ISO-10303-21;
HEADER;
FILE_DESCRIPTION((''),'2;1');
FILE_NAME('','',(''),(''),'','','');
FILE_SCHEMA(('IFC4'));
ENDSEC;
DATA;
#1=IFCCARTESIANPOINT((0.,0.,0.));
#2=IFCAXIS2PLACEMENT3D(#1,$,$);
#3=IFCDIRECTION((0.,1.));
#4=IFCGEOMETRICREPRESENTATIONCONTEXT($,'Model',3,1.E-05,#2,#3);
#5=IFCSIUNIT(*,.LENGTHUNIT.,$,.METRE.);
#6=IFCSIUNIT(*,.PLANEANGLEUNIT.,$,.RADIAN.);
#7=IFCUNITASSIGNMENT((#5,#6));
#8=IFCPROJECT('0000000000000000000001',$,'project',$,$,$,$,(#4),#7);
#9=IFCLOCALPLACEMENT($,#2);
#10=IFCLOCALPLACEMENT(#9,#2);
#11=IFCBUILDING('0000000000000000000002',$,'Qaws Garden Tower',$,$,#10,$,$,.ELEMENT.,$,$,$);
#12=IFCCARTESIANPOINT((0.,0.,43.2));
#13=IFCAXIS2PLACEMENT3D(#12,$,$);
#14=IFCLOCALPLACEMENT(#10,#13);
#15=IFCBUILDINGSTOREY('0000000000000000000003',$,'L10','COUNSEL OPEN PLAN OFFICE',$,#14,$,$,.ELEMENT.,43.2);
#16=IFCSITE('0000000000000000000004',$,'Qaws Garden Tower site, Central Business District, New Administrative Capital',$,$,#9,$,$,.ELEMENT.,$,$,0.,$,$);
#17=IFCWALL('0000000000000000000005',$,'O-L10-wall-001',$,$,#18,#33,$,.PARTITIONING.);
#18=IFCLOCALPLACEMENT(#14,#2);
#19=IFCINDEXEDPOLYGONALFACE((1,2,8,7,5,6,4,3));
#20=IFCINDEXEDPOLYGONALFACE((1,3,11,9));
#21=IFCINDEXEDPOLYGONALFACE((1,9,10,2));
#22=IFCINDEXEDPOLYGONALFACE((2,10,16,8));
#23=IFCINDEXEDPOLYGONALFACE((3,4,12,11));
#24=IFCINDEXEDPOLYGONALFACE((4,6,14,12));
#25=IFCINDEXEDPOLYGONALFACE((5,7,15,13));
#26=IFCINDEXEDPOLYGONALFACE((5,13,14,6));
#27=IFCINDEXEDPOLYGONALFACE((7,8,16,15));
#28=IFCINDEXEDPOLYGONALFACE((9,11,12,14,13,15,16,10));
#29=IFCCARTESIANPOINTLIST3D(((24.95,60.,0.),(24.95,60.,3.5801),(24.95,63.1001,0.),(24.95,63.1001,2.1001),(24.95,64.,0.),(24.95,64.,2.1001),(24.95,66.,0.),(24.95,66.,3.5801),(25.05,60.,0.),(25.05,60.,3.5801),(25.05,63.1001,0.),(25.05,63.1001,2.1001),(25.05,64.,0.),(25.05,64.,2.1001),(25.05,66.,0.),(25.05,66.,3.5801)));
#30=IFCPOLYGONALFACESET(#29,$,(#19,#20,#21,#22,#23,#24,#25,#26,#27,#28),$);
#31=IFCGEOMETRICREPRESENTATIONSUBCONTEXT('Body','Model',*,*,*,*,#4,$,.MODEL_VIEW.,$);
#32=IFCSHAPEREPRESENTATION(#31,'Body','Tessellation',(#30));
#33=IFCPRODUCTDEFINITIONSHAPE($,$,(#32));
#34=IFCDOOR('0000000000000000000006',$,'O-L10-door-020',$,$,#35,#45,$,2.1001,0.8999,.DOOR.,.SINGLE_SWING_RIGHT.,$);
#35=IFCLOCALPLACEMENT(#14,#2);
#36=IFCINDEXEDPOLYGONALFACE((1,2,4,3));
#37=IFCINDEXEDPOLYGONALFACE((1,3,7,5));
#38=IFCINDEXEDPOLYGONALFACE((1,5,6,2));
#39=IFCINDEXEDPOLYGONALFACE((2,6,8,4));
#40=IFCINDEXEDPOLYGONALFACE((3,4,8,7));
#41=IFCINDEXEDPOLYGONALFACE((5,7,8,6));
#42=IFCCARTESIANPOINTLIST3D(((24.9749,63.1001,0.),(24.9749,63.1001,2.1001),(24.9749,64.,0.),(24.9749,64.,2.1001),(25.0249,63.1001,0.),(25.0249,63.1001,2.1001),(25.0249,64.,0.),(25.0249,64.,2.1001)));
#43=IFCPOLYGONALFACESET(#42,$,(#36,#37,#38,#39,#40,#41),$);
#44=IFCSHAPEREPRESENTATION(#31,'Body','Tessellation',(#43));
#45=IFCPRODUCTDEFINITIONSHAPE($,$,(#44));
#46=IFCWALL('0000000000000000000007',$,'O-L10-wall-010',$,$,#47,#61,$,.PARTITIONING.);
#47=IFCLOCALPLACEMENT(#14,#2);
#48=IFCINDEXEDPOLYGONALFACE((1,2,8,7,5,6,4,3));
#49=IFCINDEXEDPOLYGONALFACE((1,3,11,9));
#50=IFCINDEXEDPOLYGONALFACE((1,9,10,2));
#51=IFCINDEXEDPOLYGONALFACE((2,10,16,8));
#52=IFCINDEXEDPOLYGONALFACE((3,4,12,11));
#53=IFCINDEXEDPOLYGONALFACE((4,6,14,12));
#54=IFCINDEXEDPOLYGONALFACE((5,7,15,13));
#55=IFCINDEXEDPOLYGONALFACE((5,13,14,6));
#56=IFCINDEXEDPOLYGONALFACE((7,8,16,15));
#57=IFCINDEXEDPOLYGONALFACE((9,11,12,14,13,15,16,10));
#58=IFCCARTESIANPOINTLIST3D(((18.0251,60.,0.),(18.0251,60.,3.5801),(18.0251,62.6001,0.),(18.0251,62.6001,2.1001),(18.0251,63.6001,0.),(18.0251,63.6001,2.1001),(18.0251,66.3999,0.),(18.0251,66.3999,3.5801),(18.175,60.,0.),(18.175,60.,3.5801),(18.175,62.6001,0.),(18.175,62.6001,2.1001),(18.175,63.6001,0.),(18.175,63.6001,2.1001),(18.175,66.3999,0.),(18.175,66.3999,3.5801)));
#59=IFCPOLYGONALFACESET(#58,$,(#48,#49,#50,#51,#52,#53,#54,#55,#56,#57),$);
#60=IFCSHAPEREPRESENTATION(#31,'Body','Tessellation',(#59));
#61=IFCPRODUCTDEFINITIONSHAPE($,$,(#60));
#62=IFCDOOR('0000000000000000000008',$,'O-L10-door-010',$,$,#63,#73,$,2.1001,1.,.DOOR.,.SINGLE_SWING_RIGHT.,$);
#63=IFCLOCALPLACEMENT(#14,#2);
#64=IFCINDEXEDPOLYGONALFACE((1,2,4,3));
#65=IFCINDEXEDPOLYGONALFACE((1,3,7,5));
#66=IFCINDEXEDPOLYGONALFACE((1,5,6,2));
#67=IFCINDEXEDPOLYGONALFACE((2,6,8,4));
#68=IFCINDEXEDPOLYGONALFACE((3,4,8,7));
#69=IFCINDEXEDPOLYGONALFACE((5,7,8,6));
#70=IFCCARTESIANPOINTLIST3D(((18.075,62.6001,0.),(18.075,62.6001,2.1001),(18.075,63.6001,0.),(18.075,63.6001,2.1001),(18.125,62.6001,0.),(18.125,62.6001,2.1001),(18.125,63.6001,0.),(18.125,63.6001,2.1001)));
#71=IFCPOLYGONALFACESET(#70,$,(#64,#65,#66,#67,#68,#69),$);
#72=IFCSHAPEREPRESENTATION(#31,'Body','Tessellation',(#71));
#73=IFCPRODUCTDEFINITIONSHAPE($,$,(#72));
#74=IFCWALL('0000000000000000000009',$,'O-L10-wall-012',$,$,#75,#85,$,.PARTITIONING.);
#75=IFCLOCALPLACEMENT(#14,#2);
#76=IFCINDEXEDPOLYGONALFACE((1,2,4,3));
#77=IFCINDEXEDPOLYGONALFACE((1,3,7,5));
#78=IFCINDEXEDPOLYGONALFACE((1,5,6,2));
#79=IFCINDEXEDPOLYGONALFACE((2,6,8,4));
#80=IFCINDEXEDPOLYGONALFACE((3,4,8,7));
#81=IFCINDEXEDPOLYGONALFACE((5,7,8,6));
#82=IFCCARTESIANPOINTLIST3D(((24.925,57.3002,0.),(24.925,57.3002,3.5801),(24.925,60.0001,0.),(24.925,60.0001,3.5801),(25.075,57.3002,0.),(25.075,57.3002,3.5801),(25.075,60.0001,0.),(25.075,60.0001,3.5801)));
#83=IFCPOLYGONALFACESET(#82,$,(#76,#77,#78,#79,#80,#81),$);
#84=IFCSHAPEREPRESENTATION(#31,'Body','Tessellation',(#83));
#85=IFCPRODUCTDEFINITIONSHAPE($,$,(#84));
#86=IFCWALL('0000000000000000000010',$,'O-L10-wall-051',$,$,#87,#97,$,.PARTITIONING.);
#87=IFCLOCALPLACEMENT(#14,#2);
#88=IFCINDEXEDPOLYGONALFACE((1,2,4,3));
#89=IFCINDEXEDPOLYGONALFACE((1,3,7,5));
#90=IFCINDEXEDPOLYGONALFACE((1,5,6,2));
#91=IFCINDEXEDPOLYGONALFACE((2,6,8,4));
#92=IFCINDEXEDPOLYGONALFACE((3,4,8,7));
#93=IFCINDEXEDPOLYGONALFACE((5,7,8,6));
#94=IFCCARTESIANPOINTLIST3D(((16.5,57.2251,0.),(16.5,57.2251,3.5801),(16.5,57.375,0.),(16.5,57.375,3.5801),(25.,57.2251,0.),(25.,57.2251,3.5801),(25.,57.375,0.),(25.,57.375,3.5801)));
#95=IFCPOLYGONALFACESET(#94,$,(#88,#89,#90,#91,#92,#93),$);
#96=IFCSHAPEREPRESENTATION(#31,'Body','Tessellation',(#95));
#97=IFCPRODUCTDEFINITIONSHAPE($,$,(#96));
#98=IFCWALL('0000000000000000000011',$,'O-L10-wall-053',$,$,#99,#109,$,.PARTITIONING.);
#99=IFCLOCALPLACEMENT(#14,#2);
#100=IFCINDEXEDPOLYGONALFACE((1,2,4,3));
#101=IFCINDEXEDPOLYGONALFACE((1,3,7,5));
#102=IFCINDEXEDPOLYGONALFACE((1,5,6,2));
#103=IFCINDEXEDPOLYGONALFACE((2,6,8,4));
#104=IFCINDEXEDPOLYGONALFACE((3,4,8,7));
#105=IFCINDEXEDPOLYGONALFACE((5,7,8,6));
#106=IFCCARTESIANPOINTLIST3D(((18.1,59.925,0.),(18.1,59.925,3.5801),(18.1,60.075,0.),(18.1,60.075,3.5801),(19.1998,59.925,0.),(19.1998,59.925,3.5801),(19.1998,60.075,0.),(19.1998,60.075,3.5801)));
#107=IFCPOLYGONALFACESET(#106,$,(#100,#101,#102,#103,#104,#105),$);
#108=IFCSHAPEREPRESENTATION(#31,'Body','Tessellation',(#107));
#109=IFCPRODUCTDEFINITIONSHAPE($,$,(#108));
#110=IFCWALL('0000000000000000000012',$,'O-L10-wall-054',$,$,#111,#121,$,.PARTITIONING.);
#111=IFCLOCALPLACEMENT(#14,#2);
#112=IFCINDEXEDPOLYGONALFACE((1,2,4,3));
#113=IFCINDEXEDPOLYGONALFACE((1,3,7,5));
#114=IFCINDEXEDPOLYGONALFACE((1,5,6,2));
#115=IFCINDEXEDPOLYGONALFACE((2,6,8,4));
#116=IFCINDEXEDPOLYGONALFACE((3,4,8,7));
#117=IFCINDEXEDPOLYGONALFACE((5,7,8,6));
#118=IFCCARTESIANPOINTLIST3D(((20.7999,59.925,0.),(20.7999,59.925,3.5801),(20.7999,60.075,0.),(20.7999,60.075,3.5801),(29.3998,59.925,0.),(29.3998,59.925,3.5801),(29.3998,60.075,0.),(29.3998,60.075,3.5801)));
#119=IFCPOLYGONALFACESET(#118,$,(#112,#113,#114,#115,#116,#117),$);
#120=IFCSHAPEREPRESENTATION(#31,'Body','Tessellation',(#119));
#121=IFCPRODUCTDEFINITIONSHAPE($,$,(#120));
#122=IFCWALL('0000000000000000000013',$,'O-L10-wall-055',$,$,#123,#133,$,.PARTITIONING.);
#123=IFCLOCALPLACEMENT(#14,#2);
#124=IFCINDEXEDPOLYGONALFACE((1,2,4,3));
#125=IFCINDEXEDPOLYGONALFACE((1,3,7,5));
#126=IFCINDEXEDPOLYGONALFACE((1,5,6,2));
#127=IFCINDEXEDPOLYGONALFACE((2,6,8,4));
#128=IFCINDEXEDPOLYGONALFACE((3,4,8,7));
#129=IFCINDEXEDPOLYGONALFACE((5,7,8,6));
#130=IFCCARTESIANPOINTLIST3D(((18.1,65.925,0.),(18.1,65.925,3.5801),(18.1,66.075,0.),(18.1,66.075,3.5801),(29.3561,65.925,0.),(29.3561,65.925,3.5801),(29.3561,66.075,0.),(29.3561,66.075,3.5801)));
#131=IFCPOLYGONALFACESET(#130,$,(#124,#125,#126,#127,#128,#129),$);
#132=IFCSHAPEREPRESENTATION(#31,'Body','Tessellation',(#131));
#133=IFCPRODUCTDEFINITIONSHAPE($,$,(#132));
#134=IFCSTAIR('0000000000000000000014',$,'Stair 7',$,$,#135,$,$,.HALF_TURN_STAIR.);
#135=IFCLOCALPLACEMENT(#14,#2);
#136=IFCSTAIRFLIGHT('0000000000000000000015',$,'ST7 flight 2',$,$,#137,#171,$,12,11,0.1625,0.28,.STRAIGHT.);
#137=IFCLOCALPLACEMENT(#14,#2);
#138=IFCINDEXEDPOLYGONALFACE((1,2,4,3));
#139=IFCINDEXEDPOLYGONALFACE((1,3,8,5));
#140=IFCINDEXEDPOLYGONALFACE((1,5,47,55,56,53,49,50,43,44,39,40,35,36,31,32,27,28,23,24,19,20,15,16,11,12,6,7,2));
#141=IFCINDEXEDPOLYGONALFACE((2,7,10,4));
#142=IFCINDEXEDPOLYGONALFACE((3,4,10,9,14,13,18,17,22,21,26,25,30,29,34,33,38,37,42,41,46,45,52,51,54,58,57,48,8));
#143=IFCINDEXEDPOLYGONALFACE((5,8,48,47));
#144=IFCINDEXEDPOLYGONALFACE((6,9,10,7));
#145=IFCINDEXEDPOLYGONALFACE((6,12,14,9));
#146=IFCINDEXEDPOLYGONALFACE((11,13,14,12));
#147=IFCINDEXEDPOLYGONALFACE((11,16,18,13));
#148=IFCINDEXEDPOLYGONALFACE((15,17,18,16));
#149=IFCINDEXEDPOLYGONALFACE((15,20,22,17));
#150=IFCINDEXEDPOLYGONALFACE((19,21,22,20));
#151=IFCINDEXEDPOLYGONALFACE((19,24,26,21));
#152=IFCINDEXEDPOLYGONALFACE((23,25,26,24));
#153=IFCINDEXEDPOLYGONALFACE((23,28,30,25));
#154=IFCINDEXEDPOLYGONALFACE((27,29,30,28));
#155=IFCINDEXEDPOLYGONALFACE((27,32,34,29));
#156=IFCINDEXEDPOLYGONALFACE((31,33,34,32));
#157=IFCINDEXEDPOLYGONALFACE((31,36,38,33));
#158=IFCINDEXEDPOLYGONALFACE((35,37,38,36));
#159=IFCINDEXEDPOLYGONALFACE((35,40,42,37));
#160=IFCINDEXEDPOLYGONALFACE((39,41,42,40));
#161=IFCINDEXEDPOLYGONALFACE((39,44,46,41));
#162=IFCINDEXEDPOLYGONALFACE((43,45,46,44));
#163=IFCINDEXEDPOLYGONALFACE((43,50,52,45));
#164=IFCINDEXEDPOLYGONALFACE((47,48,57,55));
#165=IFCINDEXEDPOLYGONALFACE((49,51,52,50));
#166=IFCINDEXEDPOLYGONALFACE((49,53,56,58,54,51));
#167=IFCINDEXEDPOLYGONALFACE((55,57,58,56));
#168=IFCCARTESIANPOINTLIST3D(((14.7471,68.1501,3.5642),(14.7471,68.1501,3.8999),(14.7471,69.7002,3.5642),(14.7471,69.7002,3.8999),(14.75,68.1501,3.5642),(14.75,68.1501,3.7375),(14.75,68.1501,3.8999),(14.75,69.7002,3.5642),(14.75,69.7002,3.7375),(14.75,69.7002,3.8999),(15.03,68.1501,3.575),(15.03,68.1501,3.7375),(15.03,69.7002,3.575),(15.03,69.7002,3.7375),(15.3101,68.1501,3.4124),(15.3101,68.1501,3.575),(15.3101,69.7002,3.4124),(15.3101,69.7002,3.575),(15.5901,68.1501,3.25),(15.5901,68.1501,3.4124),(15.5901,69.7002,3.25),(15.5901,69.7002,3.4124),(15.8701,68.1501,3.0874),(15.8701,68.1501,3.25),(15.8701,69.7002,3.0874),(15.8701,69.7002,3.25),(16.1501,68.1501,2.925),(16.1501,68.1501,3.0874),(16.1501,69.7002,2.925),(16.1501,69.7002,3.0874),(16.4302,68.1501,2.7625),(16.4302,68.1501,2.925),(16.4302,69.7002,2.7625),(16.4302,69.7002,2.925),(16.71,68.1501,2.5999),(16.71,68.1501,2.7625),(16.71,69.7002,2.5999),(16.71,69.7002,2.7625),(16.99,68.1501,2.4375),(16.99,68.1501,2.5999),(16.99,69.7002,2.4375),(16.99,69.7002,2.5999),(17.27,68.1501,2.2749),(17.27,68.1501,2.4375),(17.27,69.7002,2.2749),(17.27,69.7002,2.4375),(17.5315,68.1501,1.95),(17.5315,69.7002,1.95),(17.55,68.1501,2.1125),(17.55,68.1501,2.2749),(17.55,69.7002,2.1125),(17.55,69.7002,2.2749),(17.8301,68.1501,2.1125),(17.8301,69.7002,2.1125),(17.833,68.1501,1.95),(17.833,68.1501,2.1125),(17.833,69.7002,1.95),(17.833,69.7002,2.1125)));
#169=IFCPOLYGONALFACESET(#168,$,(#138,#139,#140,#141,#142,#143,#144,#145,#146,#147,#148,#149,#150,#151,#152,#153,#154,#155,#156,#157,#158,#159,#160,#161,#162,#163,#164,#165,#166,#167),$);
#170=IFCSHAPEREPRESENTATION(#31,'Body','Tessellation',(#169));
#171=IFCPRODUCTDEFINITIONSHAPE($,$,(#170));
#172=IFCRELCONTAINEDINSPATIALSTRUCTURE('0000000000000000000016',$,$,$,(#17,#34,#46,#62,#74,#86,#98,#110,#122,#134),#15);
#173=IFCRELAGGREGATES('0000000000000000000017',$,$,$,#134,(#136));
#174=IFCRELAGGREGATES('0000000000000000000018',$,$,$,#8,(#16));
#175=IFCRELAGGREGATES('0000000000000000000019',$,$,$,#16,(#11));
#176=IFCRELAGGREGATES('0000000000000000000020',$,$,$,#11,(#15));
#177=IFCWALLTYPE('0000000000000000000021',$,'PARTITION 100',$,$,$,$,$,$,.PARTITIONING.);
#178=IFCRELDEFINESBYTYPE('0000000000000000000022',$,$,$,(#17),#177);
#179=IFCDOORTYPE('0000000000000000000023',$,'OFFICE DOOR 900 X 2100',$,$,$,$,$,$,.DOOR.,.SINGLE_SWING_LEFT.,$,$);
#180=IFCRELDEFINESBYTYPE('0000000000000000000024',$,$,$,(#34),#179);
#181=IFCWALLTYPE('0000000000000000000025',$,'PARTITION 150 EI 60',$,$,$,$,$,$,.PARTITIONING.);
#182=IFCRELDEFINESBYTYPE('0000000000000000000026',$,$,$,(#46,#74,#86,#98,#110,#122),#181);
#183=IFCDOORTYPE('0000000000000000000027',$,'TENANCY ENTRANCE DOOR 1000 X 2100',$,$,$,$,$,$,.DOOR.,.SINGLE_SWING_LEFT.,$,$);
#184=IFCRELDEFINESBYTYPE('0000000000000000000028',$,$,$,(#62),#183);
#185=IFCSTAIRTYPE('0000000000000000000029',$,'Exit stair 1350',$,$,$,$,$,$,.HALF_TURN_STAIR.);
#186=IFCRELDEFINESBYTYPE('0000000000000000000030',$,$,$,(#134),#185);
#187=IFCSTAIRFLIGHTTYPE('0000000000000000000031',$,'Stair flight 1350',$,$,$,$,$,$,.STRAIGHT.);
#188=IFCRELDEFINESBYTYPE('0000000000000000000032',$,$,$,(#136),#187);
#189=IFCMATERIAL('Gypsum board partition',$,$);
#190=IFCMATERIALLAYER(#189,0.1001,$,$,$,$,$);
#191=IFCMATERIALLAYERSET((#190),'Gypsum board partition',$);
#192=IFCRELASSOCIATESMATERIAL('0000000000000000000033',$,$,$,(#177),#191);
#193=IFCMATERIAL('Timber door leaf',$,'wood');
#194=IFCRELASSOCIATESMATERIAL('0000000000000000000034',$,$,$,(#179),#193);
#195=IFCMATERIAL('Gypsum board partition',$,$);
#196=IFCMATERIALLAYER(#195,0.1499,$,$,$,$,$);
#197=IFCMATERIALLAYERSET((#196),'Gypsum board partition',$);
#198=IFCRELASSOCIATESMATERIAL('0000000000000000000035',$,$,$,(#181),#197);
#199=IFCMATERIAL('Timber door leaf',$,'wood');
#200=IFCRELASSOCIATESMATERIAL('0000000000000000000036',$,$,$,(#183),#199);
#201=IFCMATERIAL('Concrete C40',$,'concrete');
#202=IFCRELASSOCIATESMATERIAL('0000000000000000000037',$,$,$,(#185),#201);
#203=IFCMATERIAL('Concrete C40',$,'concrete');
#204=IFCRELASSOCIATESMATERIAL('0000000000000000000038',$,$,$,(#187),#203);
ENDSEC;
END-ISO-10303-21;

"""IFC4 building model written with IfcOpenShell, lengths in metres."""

from ifc_helpers import new_model, si_unit, direction, frame, frame_2d, origin, place, context, subcontext, project, spatial, polyline, rectangle, outline, extrude, material, layer, layer_set, type_object, element, fill, aggregate, save


model = new_model("IFC4")

# Units and contexts
model_context = context("Model", 3, precision=1e-05, world=origin(), true_north=direction((0.0, 1.0)))
body_context = subcontext(model_context, "Body", "Model", "MODEL_VIEW")
ifc_project = project(units=[si_unit("LENGTHUNIT", "METRE"), si_unit("PLANEANGLEUNIT", "RADIAN")], contexts=[model_context])

# Site, building, storey
site_placement = place(None, origin())
site = spatial("IfcSite", under=ifc_project, at=site_placement, Name="Qaws Garden Tower site, Central Business District, New Administrative Capital", CompositionType="ELEMENT", RefElevation=0.0)
building_placement = place(site_placement, origin())
building = spatial("IfcBuilding", under=site, at=building_placement, Name="Qaws Garden Tower", CompositionType="ELEMENT")
storey_placement = place(building_placement, frame((0.0, 0.0, 43.2)))
storey = spatial("IfcBuildingStorey", under=building, at=storey_placement, Name="L10", Description="COUNSEL OPEN PLAN OFFICE", CompositionType="ELEMENT", Elevation=43.2)

# Walls, openings, doors
ifc_material_1 = material(Name="Gypsum board partition")
ifc_layer_1 = layer(ifc_material_1, 0.1001)
ifc_layer_set_1 = layer_set([ifc_layer_1], Name="Gypsum board partition")
wall_type_1 = type_object("IfcWallType", Name="PARTITION 100", PredefinedType="PARTITIONING", material=ifc_layer_set_1)
wall_1_placement = place(storey_placement, frame((25.0, 60.0, 0.0), z_axis=(0.0, 0.0, 1.0), x_axis=(0.0, 1.0, 0.0)))
wall_1 = element("IfcWall", 1, at=wall_1_placement, inside=storey, type_object=wall_type_1, Name="O-L10-wall-001", PredefinedType="PARTITIONING", context=body_context, shape_type="SweptSolid", body=[
    extrude(rectangle(XDim=6.0, YDim=0.1001, at=frame_2d((3.0, 0.0))), origin(), (0.0, 0.0, 1.0), 3.5801),
])
opening_1_placement = place(wall_1_placement, frame((3.1001, 0.0, 0.0)))
opening_1 = element("IfcOpeningElement", 2, at=opening_1_placement, cuts=wall_1, PredefinedType="OPENING", context=body_context, shape_type="SweptSolid", body=[
    extrude(rectangle(XDim=0.8999, YDim=2.1001, at=frame_2d((0.45, 1.05))), frame((0.0, 0.0601, 0.0), z_axis=(0.0, -1.0, 0.0), x_axis=(1.0, 0.0, 0.0)), (0.0, 0.0, 1.0), 0.1201),
])
ifc_material_2 = material(Name="Timber door leaf", Category="wood")
door_type_1 = type_object("IfcDoorType", Name="OFFICE DOOR 900 X 2100", OperationType="SINGLE_SWING_LEFT", PredefinedType="DOOR", material=ifc_material_2)
door_1_placement = place(opening_1_placement, frame((0.8999, 0.0, 0.0), z_axis=(0.0, 0.0, 1.0), x_axis=(-1.0, 0.0, 0.0)))
door_1 = element("IfcDoor", 3, at=door_1_placement, inside=storey, type_object=door_type_1, Name="O-L10-door-020", OperationType="SINGLE_SWING_RIGHT", OverallHeight=2.1001, OverallWidth=0.8999, PredefinedType="DOOR", context=body_context, shape_type="SweptSolid", body=[
    extrude(rectangle(XDim=0.8999, YDim=2.1001, at=frame_2d((0.45, 1.05))), frame((0.0, 0.0249, 0.0), z_axis=(0.0, -1.0, 0.0), x_axis=(1.0, 0.0, 0.0)), (0.0, 0.0, 1.0), 0.05),
])
fill(opening_1, door_1)
ifc_material_3 = material(Name="Gypsum board partition")
ifc_layer_2 = layer(ifc_material_3, 0.1499)
ifc_layer_set_2 = layer_set([ifc_layer_2], Name="Gypsum board partition")
wall_type_2 = type_object("IfcWallType", Name="PARTITION 150 EI 60", PredefinedType="PARTITIONING", material=ifc_layer_set_2)
wall_2_placement = place(storey_placement, frame((18.1001, 60.0, 0.0), z_axis=(0.0, 0.0, 1.0), x_axis=(0.0, 1.0, 0.0)))
wall_2 = element("IfcWall", 4, at=wall_2_placement, inside=storey, type_object=wall_type_2, Name="O-L10-wall-010", PredefinedType="PARTITIONING", context=body_context, shape_type="SweptSolid", body=[
    extrude(rectangle(XDim=6.3999, YDim=0.1499, at=frame_2d((3.2, 0.0))), origin(), (0.0, 0.0, 1.0), 3.5801),
])
opening_2_placement = place(wall_2_placement, frame((2.6001, 0.0, 0.0)))
opening_2 = element("IfcOpeningElement", 5, at=opening_2_placement, cuts=wall_2, PredefinedType="OPENING", context=body_context, shape_type="SweptSolid", body=[
    extrude(rectangle(XDim=1.0, YDim=2.1001, at=frame_2d((0.5, 1.05))), frame((0.0, 0.085, 0.0), z_axis=(0.0, -1.0, 0.0), x_axis=(1.0, 0.0, 0.0)), (0.0, 0.0, 1.0), 0.1699),
])
ifc_material_4 = material(Name="Timber door leaf", Category="wood")
door_type_2 = type_object("IfcDoorType", Name="TENANCY ENTRANCE DOOR 1000 X 2100", OperationType="SINGLE_SWING_LEFT", PredefinedType="DOOR", material=ifc_material_4)
door_2_placement = place(opening_2_placement, frame((1.0, 0.0, 0.0), z_axis=(0.0, 0.0, 1.0), x_axis=(-1.0, 0.0, 0.0)))
door_2 = element("IfcDoor", 6, at=door_2_placement, inside=storey, type_object=door_type_2, Name="O-L10-door-010", OperationType="SINGLE_SWING_RIGHT", OverallHeight=2.1001, OverallWidth=1.0, PredefinedType="DOOR", context=body_context, shape_type="SweptSolid", body=[
    extrude(rectangle(XDim=1.0, YDim=2.1001, at=frame_2d((0.5, 1.05))), frame((0.0, 0.0249, 0.0), z_axis=(0.0, -1.0, 0.0), x_axis=(1.0, 0.0, 0.0)), (0.0, 0.0, 1.0), 0.05),
])
fill(opening_2, door_2)

# Walls
wall_3_placement = place(storey_placement, frame((25.0, 57.3, 0.0), z_axis=(0.0, 0.0, 1.0), x_axis=(0.0, 1.0, 0.0)))
element("IfcWall", 7, at=wall_3_placement, inside=storey, type_object=wall_type_2, Name="O-L10-wall-012", PredefinedType="PARTITIONING", context=body_context, shape_type="SweptSolid", body=[
    extrude(rectangle(XDim=2.7, YDim=0.1499, at=frame_2d((1.3501, 0.0))), origin(), (0.0, 0.0, 1.0), 3.5801),
])
wall_4_placement = place(storey_placement, frame((16.5, 57.3, 0.0), z_axis=(0.0, 0.0, 1.0), x_axis=(1.0, 0.0, 0.0)))
element("IfcWall", 8, at=wall_4_placement, inside=storey, type_object=wall_type_2, Name="O-L10-wall-051", PredefinedType="PARTITIONING", context=body_context, shape_type="SweptSolid", body=[
    extrude(rectangle(XDim=8.5, YDim=0.1499, at=frame_2d((4.25, 0.0))), origin(), (0.0, 0.0, 1.0), 3.5801),
])
wall_5_placement = place(storey_placement, frame((18.1001, 60.0, 0.0), z_axis=(0.0, 0.0, 1.0), x_axis=(1.0, 0.0, 0.0)))
element("IfcWall", 9, at=wall_5_placement, inside=storey, type_object=wall_type_2, Name="O-L10-wall-053", PredefinedType="PARTITIONING", context=body_context, shape_type="SweptSolid", body=[
    extrude(rectangle(XDim=1.0999, YDim=0.1499, at=frame_2d((0.5498, 0.0))), origin(), (0.0, 0.0, 1.0), 3.5801),
])
wall_6_placement = place(storey_placement, frame((20.8, 60.0, 0.0), z_axis=(0.0, 0.0, 1.0), x_axis=(1.0, 0.0, 0.0)))
element("IfcWall", 10, at=wall_6_placement, inside=storey, type_object=wall_type_2, Name="O-L10-wall-054", PredefinedType="PARTITIONING", context=body_context, shape_type="SweptSolid", body=[
    extrude(rectangle(XDim=8.5999, YDim=0.1499, at=frame_2d((4.2998, 0.0))), origin(), (0.0, 0.0, 1.0), 3.5801),
])
wall_7_placement = place(storey_placement, frame((18.1001, 66.0, 0.0), z_axis=(0.0, 0.0, 1.0), x_axis=(1.0, 0.0, 0.0)))
element("IfcWall", 11, at=wall_7_placement, inside=storey, type_object=wall_type_2, Name="O-L10-wall-055", PredefinedType="PARTITIONING", context=body_context, shape_type="SweptSolid", body=[
    extrude(rectangle(XDim=11.2561, YDim=0.1499, at=frame_2d((5.6279, 0.0))), origin(), (0.0, 0.0, 1.0), 3.5801),
])

# Stair, stair flight
ifc_material_5 = material(Name="Concrete C40", Category="concrete")
stair_type = type_object("IfcStairType", Name="Exit stair 1350", PredefinedType="HALF_TURN_STAIR", material=ifc_material_5)
stair_placement = place(storey_placement, origin())
stair = element("IfcStair", 12, at=stair_placement, inside=storey, type_object=stair_type, Name="Stair 7", PredefinedType="HALF_TURN_STAIR")
ifc_material_6 = material(Name="Concrete C40", Category="concrete")
stair_flight_type = type_object("IfcStairFlightType", Name="Stair flight 1350", PredefinedType="STRAIGHT", material=ifc_material_6)
stair_flight_placement = place(storey_placement, frame((17.8301, 68.925, 1.95), z_axis=(0.0, 0.0, 1.0), x_axis=(-1.0, 0.0, 0.0)))
stair_flight = element("IfcStairFlight", 13, at=stair_flight_placement, type_object=stair_flight_type, Name="ST7 flight 2", NumberOfRisers=12, NumberOfTreads=11, PredefinedType="STRAIGHT", RiserHeight=0.1625, TreadLength=0.28, context=body_context, shape_type="SweptSolid", body=[
    extrude(outline(polyline([(-0.0029, 0.0), (-0.0029, 0.1626), (0.0, 0.1626), (0.28, 0.1626), (0.28, 0.325), (0.5601, 0.325), (0.5601, 0.4875), (0.8401, 0.4875), (0.8401, 0.6499), (1.1201, 0.6499), (1.1201, 0.8125), (1.3999, 0.8125), (1.3999, 0.9751), (1.6799, 0.9751), (1.6799, 1.1375), (1.96, 1.1375), (1.96, 1.3), (2.24, 1.3), (2.24, 1.4624), (2.52, 1.4624), (2.52, 1.625), (2.8, 1.625), (2.8, 1.7876), (3.0801, 1.7876), (3.0801, 1.95), (3.083, 1.95), (3.083, 1.6143), (3.0801, 1.6143), (0.2986, 0.0), (-0.0029, 0.0)])), frame((0.0, 0.7749, 0.0), z_axis=(0.0, -1.0, 0.0), x_axis=(1.0, 0.0, 0.0)), (0.0, 0.0, 1.0), 1.55),
])
aggregate(stair, [stair_flight])

save(model, "model.ifc")
